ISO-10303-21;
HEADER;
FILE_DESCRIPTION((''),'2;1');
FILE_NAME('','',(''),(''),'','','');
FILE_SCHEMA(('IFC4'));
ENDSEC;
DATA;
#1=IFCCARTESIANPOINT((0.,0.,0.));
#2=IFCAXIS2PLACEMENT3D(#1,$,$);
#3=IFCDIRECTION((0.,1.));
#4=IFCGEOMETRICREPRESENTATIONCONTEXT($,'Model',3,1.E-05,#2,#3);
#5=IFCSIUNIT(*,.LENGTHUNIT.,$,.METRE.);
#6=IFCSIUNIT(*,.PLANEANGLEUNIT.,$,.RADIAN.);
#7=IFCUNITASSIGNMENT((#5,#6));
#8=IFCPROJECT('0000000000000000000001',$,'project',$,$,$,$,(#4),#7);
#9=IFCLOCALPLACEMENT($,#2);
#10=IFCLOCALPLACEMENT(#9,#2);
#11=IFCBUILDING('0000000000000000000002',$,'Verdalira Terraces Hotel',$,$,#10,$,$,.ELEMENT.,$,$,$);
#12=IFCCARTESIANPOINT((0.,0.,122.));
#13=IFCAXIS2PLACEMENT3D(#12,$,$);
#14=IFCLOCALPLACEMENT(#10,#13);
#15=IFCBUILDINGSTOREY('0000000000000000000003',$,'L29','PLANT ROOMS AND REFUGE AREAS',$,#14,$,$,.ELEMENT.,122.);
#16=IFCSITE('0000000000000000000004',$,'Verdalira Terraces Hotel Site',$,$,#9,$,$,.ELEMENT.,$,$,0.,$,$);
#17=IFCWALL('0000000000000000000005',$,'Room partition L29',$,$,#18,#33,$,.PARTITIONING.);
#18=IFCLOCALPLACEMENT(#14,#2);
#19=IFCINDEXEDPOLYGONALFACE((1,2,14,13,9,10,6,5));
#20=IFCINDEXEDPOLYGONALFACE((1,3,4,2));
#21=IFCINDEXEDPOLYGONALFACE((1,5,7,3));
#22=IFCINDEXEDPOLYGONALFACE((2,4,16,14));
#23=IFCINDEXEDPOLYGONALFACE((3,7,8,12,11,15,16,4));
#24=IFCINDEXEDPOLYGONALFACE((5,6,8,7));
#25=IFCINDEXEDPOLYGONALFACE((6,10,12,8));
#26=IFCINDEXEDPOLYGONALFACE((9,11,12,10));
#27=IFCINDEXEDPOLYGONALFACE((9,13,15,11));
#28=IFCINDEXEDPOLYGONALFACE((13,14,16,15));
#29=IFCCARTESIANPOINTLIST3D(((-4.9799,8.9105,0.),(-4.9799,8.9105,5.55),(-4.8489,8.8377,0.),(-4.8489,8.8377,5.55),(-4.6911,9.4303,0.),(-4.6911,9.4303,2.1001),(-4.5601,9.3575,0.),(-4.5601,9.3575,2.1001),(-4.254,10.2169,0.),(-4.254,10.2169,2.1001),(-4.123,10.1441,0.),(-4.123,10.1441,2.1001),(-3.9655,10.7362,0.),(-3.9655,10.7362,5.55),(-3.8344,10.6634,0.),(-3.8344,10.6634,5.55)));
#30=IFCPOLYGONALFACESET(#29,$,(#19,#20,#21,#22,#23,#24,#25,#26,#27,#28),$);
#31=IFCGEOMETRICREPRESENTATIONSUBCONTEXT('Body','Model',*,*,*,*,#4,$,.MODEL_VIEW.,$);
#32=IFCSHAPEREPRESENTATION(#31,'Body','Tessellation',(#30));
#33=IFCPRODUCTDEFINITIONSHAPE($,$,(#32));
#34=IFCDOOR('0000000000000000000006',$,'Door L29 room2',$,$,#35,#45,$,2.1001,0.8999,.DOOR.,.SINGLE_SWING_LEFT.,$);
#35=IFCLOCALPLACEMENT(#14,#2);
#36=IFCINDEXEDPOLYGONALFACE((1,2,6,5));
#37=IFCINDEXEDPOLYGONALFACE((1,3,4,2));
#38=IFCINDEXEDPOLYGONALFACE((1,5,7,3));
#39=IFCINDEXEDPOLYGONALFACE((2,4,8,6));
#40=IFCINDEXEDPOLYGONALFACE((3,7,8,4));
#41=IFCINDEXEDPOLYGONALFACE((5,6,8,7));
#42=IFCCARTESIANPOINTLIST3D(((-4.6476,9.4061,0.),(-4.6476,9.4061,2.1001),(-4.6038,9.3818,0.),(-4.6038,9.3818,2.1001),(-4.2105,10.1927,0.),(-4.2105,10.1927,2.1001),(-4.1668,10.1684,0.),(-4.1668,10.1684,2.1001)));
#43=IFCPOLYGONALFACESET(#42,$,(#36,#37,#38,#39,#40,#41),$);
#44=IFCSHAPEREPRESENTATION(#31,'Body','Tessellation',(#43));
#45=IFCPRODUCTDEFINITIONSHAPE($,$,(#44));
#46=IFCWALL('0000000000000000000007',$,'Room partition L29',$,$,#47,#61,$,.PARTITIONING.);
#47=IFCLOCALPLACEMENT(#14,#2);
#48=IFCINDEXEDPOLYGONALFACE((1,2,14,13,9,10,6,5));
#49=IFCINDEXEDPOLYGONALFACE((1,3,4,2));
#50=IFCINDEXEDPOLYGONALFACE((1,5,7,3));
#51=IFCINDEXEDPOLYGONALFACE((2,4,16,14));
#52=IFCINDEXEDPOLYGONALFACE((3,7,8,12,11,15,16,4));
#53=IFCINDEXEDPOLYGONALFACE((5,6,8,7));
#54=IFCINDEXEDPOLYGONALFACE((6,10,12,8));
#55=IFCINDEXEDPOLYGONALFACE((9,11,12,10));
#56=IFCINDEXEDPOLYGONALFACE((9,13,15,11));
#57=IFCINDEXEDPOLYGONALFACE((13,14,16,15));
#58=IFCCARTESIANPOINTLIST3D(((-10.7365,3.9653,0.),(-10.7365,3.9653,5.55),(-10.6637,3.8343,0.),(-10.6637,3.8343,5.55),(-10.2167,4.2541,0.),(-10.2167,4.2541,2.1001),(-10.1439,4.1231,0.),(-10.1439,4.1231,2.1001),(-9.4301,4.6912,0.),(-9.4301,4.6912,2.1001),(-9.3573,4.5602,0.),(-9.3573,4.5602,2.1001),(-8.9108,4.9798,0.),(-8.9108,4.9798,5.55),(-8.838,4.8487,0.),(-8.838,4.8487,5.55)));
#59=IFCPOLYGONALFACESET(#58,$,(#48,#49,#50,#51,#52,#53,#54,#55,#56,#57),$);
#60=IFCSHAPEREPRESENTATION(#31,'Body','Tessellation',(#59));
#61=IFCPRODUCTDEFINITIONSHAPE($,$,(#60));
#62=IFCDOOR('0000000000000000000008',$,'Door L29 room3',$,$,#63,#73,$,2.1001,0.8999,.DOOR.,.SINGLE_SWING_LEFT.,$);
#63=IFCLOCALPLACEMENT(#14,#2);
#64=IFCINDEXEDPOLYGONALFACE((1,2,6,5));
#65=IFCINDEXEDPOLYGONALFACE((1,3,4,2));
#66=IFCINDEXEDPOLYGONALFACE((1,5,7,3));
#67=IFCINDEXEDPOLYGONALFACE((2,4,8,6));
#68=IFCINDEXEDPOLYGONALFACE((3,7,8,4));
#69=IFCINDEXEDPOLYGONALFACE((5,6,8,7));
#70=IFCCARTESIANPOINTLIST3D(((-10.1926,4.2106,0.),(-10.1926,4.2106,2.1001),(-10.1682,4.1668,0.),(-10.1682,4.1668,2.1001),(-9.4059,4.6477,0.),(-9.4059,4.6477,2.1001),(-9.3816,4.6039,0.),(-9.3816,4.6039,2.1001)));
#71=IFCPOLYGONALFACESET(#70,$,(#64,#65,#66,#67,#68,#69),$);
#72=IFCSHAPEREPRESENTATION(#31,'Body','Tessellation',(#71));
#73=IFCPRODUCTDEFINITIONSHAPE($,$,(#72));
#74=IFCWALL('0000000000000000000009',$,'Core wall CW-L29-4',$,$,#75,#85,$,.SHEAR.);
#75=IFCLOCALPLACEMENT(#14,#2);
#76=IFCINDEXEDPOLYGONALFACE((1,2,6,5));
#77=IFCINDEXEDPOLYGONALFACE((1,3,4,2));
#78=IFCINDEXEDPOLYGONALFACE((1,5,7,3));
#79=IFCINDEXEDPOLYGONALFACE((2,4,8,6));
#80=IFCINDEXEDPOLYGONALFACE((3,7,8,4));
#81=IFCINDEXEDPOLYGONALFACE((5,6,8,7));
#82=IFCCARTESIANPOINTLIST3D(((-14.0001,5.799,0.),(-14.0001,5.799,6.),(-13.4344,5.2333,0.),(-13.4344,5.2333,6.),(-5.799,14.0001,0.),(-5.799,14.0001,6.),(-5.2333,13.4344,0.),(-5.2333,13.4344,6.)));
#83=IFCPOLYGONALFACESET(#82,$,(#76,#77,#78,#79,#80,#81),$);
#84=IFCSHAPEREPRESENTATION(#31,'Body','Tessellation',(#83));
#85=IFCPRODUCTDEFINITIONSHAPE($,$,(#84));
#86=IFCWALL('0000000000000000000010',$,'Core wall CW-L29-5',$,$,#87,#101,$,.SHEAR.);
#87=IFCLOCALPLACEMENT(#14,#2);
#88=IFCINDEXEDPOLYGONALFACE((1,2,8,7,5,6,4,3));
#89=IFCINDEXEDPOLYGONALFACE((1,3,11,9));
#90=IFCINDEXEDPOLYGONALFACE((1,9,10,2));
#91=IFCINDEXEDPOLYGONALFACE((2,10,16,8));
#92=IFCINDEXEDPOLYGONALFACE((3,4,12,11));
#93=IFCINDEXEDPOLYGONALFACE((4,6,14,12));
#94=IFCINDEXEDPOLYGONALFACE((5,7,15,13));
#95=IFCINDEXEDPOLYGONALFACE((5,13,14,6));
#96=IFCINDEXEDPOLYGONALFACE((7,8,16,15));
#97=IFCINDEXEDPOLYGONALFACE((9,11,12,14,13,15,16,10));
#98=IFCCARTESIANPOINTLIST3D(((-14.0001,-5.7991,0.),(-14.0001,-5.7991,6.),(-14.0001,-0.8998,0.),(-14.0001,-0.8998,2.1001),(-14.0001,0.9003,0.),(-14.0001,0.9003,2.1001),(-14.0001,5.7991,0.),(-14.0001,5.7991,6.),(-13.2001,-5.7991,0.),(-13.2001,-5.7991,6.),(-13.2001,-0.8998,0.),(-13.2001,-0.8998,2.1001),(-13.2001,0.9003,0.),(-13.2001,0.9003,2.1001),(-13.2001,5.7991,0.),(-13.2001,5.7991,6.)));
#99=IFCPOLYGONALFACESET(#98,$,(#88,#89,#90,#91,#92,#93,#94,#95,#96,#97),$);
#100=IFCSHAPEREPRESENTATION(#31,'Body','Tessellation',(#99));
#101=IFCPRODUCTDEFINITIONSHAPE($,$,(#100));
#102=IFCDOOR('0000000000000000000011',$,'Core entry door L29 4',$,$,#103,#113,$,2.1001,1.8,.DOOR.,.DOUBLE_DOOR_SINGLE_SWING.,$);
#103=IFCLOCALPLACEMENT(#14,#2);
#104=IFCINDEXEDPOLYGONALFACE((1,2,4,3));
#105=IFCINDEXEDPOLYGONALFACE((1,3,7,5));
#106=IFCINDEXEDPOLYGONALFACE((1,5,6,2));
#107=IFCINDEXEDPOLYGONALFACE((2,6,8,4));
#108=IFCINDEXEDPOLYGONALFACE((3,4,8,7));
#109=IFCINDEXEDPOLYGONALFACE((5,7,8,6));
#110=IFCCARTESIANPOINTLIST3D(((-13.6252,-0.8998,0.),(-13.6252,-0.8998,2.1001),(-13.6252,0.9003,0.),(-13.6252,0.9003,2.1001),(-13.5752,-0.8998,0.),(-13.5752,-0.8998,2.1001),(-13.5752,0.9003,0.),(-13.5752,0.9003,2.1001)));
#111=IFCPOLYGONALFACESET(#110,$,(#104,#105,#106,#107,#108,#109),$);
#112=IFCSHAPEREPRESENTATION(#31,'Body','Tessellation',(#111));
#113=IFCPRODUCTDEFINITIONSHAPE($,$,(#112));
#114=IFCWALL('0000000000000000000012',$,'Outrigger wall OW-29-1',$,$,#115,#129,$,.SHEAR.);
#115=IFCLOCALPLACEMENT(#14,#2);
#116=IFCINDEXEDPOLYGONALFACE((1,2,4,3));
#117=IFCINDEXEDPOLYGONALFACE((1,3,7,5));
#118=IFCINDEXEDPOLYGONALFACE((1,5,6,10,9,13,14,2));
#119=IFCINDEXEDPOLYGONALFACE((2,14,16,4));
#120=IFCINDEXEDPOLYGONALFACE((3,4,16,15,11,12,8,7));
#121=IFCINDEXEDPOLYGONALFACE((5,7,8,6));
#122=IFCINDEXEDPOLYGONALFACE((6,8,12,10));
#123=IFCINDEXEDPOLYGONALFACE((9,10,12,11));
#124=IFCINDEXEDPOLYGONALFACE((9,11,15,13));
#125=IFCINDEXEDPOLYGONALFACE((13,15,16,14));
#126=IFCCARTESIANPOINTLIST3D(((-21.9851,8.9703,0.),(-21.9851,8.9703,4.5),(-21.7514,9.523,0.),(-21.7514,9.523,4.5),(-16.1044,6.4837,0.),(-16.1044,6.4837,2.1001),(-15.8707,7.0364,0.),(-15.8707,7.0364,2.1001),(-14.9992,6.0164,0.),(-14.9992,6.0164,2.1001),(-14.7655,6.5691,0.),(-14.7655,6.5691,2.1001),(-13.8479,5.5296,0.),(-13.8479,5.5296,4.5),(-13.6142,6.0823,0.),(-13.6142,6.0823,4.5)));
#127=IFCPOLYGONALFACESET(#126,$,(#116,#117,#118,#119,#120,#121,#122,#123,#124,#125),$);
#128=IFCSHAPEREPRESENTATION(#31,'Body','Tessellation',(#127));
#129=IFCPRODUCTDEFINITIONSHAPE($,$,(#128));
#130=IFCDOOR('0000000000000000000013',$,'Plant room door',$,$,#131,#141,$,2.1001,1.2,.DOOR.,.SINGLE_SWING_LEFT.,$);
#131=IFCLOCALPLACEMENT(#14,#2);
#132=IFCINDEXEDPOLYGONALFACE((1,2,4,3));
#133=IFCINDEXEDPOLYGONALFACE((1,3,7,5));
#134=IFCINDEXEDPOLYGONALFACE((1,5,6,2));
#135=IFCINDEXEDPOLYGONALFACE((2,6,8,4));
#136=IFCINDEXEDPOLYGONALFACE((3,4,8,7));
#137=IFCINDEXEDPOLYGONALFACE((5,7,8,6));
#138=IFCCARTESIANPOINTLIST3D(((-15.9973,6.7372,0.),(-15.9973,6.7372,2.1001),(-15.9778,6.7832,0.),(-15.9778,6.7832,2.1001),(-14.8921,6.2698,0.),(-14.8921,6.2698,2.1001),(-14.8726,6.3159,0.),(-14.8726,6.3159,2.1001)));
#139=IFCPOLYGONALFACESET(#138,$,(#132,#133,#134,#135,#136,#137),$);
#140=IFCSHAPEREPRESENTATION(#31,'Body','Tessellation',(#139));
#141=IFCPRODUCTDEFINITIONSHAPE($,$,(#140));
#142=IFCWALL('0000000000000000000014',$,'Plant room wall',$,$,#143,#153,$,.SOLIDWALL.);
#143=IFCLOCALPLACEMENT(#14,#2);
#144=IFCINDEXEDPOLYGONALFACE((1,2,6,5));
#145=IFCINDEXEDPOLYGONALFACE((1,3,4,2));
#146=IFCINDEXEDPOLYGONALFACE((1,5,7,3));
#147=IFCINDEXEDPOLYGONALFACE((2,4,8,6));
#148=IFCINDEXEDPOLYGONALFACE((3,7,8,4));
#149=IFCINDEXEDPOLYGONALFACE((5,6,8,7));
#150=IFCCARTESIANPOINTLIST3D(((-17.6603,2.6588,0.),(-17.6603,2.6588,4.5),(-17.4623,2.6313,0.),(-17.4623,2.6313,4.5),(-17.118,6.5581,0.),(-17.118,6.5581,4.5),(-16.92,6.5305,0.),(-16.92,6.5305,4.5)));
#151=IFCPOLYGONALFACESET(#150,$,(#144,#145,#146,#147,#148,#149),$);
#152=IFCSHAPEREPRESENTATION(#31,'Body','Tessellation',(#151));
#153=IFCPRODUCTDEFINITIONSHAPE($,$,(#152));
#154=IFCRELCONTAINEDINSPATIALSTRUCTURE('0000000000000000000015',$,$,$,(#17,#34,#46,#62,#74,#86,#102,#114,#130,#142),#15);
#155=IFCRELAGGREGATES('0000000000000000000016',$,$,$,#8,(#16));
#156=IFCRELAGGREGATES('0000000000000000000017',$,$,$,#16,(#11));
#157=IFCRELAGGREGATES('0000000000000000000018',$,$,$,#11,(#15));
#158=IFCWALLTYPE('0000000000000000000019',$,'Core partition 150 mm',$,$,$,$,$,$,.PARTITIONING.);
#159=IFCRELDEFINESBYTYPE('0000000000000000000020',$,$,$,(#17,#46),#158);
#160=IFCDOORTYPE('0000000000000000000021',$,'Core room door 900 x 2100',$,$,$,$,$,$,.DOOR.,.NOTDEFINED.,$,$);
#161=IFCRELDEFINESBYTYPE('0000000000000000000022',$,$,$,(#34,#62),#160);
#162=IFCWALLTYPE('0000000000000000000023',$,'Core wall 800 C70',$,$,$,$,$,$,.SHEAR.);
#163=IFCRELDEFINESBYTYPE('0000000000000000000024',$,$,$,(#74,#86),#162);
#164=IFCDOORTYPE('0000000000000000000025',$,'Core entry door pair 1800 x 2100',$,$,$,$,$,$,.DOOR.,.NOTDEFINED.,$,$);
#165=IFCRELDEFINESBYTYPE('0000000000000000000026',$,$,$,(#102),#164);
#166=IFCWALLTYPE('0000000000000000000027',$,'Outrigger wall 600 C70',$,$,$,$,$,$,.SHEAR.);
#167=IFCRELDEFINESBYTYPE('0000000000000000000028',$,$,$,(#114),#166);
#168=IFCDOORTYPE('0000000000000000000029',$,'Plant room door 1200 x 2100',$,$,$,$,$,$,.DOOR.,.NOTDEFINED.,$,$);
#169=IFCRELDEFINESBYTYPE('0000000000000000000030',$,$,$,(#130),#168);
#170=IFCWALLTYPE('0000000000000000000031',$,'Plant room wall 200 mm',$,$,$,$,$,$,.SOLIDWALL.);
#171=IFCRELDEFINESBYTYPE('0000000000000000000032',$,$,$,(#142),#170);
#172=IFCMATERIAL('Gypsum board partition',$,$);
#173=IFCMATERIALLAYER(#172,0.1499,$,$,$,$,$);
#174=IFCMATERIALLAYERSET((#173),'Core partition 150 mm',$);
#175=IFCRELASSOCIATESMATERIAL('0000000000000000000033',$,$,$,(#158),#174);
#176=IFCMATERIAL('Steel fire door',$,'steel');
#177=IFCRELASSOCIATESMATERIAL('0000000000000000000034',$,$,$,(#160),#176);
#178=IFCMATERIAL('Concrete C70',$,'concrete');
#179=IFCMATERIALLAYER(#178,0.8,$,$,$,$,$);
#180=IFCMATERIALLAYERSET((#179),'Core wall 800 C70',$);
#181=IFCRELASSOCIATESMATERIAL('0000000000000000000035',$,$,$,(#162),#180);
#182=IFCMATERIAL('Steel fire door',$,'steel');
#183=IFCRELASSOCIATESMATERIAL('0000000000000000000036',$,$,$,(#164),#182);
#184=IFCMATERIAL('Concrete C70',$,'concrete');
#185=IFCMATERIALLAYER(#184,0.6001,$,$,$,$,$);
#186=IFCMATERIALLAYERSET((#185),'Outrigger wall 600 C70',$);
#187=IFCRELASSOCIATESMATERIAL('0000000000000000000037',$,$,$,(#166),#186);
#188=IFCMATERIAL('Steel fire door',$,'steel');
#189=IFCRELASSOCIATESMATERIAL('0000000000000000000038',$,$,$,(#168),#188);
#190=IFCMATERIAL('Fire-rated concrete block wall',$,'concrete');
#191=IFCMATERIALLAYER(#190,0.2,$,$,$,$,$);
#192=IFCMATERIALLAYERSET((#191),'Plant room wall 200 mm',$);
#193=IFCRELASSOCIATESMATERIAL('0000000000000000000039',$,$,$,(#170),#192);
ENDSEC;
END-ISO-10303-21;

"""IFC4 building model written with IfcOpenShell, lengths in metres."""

from ifc_helpers import new_model, si_unit, direction, frame, frame_2d, origin, place, context, subcontext, project, spatial, rectangle, extrude, material, layer, layer_set, type_object, element, fill, save


model = new_model("IFC4")

# Units and contexts
model_context = context("Model", 3, precision=1e-05, world=origin(), true_north=direction((0.0, 1.0)))
body_context = subcontext(model_context, "Body", "Model", "MODEL_VIEW")
ifc_project = project(units=[si_unit("LENGTHUNIT", "METRE"), si_unit("PLANEANGLEUNIT", "RADIAN")], contexts=[model_context])

# Site, building, storey
site_placement = place(None, origin())
site = spatial("IfcSite", under=ifc_project, at=site_placement, Name="Verdalira Terraces Hotel Site", CompositionType="ELEMENT", RefElevation=0.0)
building_placement = place(site_placement, origin())
building = spatial("IfcBuilding", under=site, at=building_placement, Name="Verdalira Terraces Hotel", CompositionType="ELEMENT")
storey_placement = place(building_placement, frame((0.0, 0.0, 122.0)))
storey = spatial("IfcBuildingStorey", under=building, at=storey_placement, Name="L29", Description="PLANT ROOMS AND REFUGE AREAS", CompositionType="ELEMENT", Elevation=122.0)

# Walls, openings, doors
ifc_material_1 = material(Name="Gypsum board partition")
ifc_layer_1 = layer(ifc_material_1, 0.1499)
ifc_layer_set_1 = layer_set([ifc_layer_1], Name="Core partition 150 mm")
wall_type_1 = type_object("IfcWallType", Name="Core partition 150 mm", PredefinedType="PARTITIONING", material=ifc_layer_set_1)
wall_1_placement = place(storey_placement, frame((-3.8999, 10.7, 0.0), z_axis=(0.0, 0.0, 1.0), x_axis=(-0.485693, -0.87413, 0.0)))
wall_1 = element("IfcWall", 1, at=wall_1_placement, inside=storey, type_object=wall_type_1, Name="Room partition L29", PredefinedType="PARTITIONING", context=body_context, shape_type="SweptSolid", body=[
    extrude(rectangle(XDim=2.0886, YDim=0.1499, at=frame_2d((1.0444, 0.0))), origin(), (0.0, 0.0, 1.0), 5.55),
])
opening_1_placement = place(wall_1_placement, frame((0.5942, 0.0, 0.0)))
opening_1 = element("IfcOpeningElement", 2, at=opening_1_placement, cuts=wall_1, PredefinedType="OPENING", context=body_context, shape_type="SweptSolid", body=[
    extrude(rectangle(XDim=0.8999, YDim=2.1001, at=frame_2d((0.45, 1.05))), frame((0.0, 0.085, 0.0), z_axis=(0.0, -1.0, 0.0), x_axis=(1.0, 0.0, 0.0)), (0.0, 0.0, 1.0), 0.1699),
])
ifc_material_2 = material(Name="Steel fire door", Category="steel")
door_type_1 = type_object("IfcDoorType", Name="Core room door 900 x 2100", OperationType="NOTDEFINED", PredefinedType="DOOR", material=ifc_material_2)
door_1_placement = place(opening_1_placement, origin())
door_1 = element("IfcDoor", 3, at=door_1_placement, inside=storey, type_object=door_type_1, Name="Door L29 room2", OperationType="SINGLE_SWING_LEFT", OverallHeight=2.1001, OverallWidth=0.8999, PredefinedType="DOOR", context=body_context, shape_type="SweptSolid", body=[
    extrude(rectangle(XDim=0.8999, YDim=2.1001, at=frame_2d((0.45, 1.05))), frame((0.0, 0.0249, 0.0), z_axis=(0.0, -1.0, 0.0), x_axis=(1.0, 0.0, 0.0)), (0.0, 0.0, 1.0), 0.05),
])
fill(opening_1, door_1)
wall_2_placement = place(storey_placement, frame((-8.8743, 4.9143, 0.0), z_axis=(0.0, 0.0, 1.0), x_axis=(-0.87413, -0.485693, 0.0)))
wall_2 = element("IfcWall", 4, at=wall_2_placement, inside=storey, type_object=wall_type_1, Name="Room partition L29", PredefinedType="PARTITIONING", context=body_context, shape_type="SweptSolid", body=[
    extrude(rectangle(XDim=2.0886, YDim=0.1499, at=frame_2d((1.0444, 0.0))), origin(), (0.0, 0.0, 1.0), 5.55),
])
opening_2_placement = place(wall_2_placement, frame((0.5942, 0.0, 0.0)))
opening_2 = element("IfcOpeningElement", 5, at=opening_2_placement, cuts=wall_2, PredefinedType="OPENING", context=body_context, shape_type="SweptSolid", body=[
    extrude(rectangle(XDim=0.8999, YDim=2.1001, at=frame_2d((0.45, 1.05))), frame((0.0, 0.085, 0.0), z_axis=(0.0, -1.0, 0.0), x_axis=(1.0, 0.0, 0.0)), (0.0, 0.0, 1.0), 0.1699),
])
door_2_placement = place(opening_2_placement, origin())
door_2 = element("IfcDoor", 6, at=door_2_placement, inside=storey, type_object=door_type_1, Name="Door L29 room3", OperationType="SINGLE_SWING_LEFT", OverallHeight=2.1001, OverallWidth=0.8999, PredefinedType="DOOR", context=body_context, shape_type="SweptSolid", body=[
    extrude(rectangle(XDim=0.8999, YDim=2.1001, at=frame_2d((0.45, 1.05))), frame((0.0, 0.0249, 0.0), z_axis=(0.0, -1.0, 0.0), x_axis=(1.0, 0.0, 0.0)), (0.0, 0.0, 1.0), 0.05),
])
fill(opening_2, door_2)

# Wall
ifc_material_3 = material(Name="Concrete C70", Category="concrete")
ifc_layer_2 = layer(ifc_material_3, 0.8)
ifc_layer_set_2 = layer_set([ifc_layer_2], Name="Core wall 800 C70")
wall_type_2 = type_object("IfcWallType", Name="Core wall 800 C70", PredefinedType="SHEAR", material=ifc_layer_set_2)
wall_3_placement = place(storey_placement, frame((-5.5161, 13.7173, 0.0), z_axis=(0.0, 0.0, 1.0), x_axis=(-0.707107, -0.707107, 0.0)))
element("IfcWall", 7, at=wall_3_placement, inside=storey, type_object=wall_type_2, Name="Core wall CW-L29-4", PredefinedType="SHEAR", context=body_context, shape_type="SweptSolid", body=[
    extrude(rectangle(XDim=11.5981, YDim=0.8, at=frame_2d((5.7991, 0.0))), origin(), (0.0, 0.0, 1.0), 6.0),
])

# Walls, openings, doors
wall_4_placement = place(storey_placement, frame((-13.6001, 5.7991, 0.0), z_axis=(0.0, 0.0, 1.0), x_axis=(0.0, -1.0, 0.0)))
wall_4 = element("IfcWall", 8, at=wall_4_placement, inside=storey, type_object=wall_type_2, Name="Core wall CW-L29-5", PredefinedType="SHEAR", context=body_context, shape_type="SweptSolid", body=[
    extrude(rectangle(XDim=11.5981, YDim=0.8, at=frame_2d((5.7991, 0.0))), origin(), (0.0, 0.0, 1.0), 6.0),
])
opening_3_placement = place(wall_4_placement, frame((4.8989, 0.0, 0.0)))
opening_3 = element("IfcOpeningElement", 9, at=opening_3_placement, cuts=wall_4, PredefinedType="OPENING", context=body_context, shape_type="SweptSolid", body=[
    extrude(rectangle(XDim=1.8, YDim=2.1001, at=frame_2d((0.8999, 1.05))), frame((0.0, 0.4099, 0.0), z_axis=(0.0, -1.0, 0.0), x_axis=(1.0, 0.0, 0.0)), (0.0, 0.0, 1.0), 0.8201),
])
ifc_material_4 = material(Name="Steel fire door", Category="steel")
door_type_2 = type_object("IfcDoorType", Name="Core entry door pair 1800 x 2100", OperationType="NOTDEFINED", PredefinedType="DOOR", material=ifc_material_4)
door_3_placement = place(opening_3_placement, origin())
door_3 = element("IfcDoor", 10, at=door_3_placement, inside=storey, type_object=door_type_2, Name="Core entry door L29 4", OperationType="DOUBLE_DOOR_SINGLE_SWING", OverallHeight=2.1001, OverallWidth=1.8, PredefinedType="DOOR", context=body_context, shape_type="SweptSolid", body=[
    extrude(rectangle(XDim=1.8, YDim=2.1001, at=frame_2d((0.8999, 1.05))), frame((0.0, 0.0249, 0.0), z_axis=(0.0, -1.0, 0.0), x_axis=(1.0, 0.0, 0.0)), (0.0, 0.0, 1.0), 0.05),
])
fill(opening_3, door_3)
ifc_material_5 = material(Name="Concrete C70", Category="concrete")
ifc_layer_3 = layer(ifc_material_5, 0.6001)
ifc_layer_set_3 = layer_set([ifc_layer_3], Name="Outrigger wall 600 C70")
wall_type_3 = type_object("IfcWallType", Name="Outrigger wall 600 C70", PredefinedType="SHEAR", material=ifc_layer_set_3)
wall_5_placement = place(storey_placement, frame((-13.731, 5.8059, 0.0), z_axis=(0.0, 0.0, 1.0), x_axis=(-0.921048, 0.389449, 0.0)))
wall_5 = element("IfcWall", 11, at=wall_5_placement, inside=storey, type_object=wall_type_3, Name="Outrigger wall OW-29-1", PredefinedType="SHEAR", context=body_context, shape_type="SweptSolid", body=[
    extrude(rectangle(XDim=8.8347, YDim=0.6001, at=frame_2d((4.4175, 0.0))), origin(), (0.0, 0.0, 1.0), 4.5),
])
opening_4_placement = place(wall_5_placement, frame((1.25, 0.0, 0.0)))
opening_4 = element("IfcOpeningElement", 12, at=opening_4_placement, cuts=wall_5, PredefinedType="OPENING", context=body_context, shape_type="SweptSolid", body=[
    extrude(rectangle(XDim=1.2, YDim=2.1001, at=frame_2d((0.6001, 1.05))), frame((0.0, 0.3101, 0.0), z_axis=(0.0, -1.0, 0.0), x_axis=(1.0, 0.0, 0.0)), (0.0, 0.0, 1.0), 0.6201),
])
ifc_material_6 = material(Name="Steel fire door", Category="steel")
door_type_3 = type_object("IfcDoorType", Name="Plant room door 1200 x 2100", OperationType="NOTDEFINED", PredefinedType="DOOR", material=ifc_material_6)
door_4_placement = place(opening_4_placement, origin())
door_4 = element("IfcDoor", 13, at=door_4_placement, inside=storey, type_object=door_type_3, Name="Plant room door", OperationType="SINGLE_SWING_LEFT", OverallHeight=2.1001, OverallWidth=1.2, PredefinedType="DOOR", context=body_context, shape_type="SweptSolid", body=[
    extrude(rectangle(XDim=1.2, YDim=2.1001, at=frame_2d((0.6001, 1.05))), frame((0.0, 0.0249, 0.0), z_axis=(0.0, -1.0, 0.0), x_axis=(1.0, 0.0, 0.0)), (0.0, 0.0, 1.0), 0.05),
])
fill(opening_4, door_4)

# Wall
ifc_material_7 = material(Name="Fire-rated concrete block wall", Category="concrete")
ifc_layer_4 = layer(ifc_material_7, 0.2)
ifc_layer_set_4 = layer_set([ifc_layer_4], Name="Plant room wall 200 mm")
wall_type_4 = type_object("IfcWallType", Name="Plant room wall 200 mm", PredefinedType="SOLIDWALL", material=ifc_layer_set_4)
wall_6_placement = place(storey_placement, frame((-17.019, 6.5442, 0.0), z_axis=(0.0, 0.0, 1.0), x_axis=(-0.137739, -0.990469, 0.0)))
element("IfcWall", 14, at=wall_6_placement, inside=storey, type_object=wall_type_4, Name="Plant room wall", PredefinedType="SOLIDWALL", context=body_context, shape_type="SweptSolid", body=[
    extrude(rectangle(XDim=3.9368, YDim=0.2, at=frame_2d((1.9683, 0.0))), origin(), (0.0, 0.0, 1.0), 4.5),
])

save(model, "model.ifc")
